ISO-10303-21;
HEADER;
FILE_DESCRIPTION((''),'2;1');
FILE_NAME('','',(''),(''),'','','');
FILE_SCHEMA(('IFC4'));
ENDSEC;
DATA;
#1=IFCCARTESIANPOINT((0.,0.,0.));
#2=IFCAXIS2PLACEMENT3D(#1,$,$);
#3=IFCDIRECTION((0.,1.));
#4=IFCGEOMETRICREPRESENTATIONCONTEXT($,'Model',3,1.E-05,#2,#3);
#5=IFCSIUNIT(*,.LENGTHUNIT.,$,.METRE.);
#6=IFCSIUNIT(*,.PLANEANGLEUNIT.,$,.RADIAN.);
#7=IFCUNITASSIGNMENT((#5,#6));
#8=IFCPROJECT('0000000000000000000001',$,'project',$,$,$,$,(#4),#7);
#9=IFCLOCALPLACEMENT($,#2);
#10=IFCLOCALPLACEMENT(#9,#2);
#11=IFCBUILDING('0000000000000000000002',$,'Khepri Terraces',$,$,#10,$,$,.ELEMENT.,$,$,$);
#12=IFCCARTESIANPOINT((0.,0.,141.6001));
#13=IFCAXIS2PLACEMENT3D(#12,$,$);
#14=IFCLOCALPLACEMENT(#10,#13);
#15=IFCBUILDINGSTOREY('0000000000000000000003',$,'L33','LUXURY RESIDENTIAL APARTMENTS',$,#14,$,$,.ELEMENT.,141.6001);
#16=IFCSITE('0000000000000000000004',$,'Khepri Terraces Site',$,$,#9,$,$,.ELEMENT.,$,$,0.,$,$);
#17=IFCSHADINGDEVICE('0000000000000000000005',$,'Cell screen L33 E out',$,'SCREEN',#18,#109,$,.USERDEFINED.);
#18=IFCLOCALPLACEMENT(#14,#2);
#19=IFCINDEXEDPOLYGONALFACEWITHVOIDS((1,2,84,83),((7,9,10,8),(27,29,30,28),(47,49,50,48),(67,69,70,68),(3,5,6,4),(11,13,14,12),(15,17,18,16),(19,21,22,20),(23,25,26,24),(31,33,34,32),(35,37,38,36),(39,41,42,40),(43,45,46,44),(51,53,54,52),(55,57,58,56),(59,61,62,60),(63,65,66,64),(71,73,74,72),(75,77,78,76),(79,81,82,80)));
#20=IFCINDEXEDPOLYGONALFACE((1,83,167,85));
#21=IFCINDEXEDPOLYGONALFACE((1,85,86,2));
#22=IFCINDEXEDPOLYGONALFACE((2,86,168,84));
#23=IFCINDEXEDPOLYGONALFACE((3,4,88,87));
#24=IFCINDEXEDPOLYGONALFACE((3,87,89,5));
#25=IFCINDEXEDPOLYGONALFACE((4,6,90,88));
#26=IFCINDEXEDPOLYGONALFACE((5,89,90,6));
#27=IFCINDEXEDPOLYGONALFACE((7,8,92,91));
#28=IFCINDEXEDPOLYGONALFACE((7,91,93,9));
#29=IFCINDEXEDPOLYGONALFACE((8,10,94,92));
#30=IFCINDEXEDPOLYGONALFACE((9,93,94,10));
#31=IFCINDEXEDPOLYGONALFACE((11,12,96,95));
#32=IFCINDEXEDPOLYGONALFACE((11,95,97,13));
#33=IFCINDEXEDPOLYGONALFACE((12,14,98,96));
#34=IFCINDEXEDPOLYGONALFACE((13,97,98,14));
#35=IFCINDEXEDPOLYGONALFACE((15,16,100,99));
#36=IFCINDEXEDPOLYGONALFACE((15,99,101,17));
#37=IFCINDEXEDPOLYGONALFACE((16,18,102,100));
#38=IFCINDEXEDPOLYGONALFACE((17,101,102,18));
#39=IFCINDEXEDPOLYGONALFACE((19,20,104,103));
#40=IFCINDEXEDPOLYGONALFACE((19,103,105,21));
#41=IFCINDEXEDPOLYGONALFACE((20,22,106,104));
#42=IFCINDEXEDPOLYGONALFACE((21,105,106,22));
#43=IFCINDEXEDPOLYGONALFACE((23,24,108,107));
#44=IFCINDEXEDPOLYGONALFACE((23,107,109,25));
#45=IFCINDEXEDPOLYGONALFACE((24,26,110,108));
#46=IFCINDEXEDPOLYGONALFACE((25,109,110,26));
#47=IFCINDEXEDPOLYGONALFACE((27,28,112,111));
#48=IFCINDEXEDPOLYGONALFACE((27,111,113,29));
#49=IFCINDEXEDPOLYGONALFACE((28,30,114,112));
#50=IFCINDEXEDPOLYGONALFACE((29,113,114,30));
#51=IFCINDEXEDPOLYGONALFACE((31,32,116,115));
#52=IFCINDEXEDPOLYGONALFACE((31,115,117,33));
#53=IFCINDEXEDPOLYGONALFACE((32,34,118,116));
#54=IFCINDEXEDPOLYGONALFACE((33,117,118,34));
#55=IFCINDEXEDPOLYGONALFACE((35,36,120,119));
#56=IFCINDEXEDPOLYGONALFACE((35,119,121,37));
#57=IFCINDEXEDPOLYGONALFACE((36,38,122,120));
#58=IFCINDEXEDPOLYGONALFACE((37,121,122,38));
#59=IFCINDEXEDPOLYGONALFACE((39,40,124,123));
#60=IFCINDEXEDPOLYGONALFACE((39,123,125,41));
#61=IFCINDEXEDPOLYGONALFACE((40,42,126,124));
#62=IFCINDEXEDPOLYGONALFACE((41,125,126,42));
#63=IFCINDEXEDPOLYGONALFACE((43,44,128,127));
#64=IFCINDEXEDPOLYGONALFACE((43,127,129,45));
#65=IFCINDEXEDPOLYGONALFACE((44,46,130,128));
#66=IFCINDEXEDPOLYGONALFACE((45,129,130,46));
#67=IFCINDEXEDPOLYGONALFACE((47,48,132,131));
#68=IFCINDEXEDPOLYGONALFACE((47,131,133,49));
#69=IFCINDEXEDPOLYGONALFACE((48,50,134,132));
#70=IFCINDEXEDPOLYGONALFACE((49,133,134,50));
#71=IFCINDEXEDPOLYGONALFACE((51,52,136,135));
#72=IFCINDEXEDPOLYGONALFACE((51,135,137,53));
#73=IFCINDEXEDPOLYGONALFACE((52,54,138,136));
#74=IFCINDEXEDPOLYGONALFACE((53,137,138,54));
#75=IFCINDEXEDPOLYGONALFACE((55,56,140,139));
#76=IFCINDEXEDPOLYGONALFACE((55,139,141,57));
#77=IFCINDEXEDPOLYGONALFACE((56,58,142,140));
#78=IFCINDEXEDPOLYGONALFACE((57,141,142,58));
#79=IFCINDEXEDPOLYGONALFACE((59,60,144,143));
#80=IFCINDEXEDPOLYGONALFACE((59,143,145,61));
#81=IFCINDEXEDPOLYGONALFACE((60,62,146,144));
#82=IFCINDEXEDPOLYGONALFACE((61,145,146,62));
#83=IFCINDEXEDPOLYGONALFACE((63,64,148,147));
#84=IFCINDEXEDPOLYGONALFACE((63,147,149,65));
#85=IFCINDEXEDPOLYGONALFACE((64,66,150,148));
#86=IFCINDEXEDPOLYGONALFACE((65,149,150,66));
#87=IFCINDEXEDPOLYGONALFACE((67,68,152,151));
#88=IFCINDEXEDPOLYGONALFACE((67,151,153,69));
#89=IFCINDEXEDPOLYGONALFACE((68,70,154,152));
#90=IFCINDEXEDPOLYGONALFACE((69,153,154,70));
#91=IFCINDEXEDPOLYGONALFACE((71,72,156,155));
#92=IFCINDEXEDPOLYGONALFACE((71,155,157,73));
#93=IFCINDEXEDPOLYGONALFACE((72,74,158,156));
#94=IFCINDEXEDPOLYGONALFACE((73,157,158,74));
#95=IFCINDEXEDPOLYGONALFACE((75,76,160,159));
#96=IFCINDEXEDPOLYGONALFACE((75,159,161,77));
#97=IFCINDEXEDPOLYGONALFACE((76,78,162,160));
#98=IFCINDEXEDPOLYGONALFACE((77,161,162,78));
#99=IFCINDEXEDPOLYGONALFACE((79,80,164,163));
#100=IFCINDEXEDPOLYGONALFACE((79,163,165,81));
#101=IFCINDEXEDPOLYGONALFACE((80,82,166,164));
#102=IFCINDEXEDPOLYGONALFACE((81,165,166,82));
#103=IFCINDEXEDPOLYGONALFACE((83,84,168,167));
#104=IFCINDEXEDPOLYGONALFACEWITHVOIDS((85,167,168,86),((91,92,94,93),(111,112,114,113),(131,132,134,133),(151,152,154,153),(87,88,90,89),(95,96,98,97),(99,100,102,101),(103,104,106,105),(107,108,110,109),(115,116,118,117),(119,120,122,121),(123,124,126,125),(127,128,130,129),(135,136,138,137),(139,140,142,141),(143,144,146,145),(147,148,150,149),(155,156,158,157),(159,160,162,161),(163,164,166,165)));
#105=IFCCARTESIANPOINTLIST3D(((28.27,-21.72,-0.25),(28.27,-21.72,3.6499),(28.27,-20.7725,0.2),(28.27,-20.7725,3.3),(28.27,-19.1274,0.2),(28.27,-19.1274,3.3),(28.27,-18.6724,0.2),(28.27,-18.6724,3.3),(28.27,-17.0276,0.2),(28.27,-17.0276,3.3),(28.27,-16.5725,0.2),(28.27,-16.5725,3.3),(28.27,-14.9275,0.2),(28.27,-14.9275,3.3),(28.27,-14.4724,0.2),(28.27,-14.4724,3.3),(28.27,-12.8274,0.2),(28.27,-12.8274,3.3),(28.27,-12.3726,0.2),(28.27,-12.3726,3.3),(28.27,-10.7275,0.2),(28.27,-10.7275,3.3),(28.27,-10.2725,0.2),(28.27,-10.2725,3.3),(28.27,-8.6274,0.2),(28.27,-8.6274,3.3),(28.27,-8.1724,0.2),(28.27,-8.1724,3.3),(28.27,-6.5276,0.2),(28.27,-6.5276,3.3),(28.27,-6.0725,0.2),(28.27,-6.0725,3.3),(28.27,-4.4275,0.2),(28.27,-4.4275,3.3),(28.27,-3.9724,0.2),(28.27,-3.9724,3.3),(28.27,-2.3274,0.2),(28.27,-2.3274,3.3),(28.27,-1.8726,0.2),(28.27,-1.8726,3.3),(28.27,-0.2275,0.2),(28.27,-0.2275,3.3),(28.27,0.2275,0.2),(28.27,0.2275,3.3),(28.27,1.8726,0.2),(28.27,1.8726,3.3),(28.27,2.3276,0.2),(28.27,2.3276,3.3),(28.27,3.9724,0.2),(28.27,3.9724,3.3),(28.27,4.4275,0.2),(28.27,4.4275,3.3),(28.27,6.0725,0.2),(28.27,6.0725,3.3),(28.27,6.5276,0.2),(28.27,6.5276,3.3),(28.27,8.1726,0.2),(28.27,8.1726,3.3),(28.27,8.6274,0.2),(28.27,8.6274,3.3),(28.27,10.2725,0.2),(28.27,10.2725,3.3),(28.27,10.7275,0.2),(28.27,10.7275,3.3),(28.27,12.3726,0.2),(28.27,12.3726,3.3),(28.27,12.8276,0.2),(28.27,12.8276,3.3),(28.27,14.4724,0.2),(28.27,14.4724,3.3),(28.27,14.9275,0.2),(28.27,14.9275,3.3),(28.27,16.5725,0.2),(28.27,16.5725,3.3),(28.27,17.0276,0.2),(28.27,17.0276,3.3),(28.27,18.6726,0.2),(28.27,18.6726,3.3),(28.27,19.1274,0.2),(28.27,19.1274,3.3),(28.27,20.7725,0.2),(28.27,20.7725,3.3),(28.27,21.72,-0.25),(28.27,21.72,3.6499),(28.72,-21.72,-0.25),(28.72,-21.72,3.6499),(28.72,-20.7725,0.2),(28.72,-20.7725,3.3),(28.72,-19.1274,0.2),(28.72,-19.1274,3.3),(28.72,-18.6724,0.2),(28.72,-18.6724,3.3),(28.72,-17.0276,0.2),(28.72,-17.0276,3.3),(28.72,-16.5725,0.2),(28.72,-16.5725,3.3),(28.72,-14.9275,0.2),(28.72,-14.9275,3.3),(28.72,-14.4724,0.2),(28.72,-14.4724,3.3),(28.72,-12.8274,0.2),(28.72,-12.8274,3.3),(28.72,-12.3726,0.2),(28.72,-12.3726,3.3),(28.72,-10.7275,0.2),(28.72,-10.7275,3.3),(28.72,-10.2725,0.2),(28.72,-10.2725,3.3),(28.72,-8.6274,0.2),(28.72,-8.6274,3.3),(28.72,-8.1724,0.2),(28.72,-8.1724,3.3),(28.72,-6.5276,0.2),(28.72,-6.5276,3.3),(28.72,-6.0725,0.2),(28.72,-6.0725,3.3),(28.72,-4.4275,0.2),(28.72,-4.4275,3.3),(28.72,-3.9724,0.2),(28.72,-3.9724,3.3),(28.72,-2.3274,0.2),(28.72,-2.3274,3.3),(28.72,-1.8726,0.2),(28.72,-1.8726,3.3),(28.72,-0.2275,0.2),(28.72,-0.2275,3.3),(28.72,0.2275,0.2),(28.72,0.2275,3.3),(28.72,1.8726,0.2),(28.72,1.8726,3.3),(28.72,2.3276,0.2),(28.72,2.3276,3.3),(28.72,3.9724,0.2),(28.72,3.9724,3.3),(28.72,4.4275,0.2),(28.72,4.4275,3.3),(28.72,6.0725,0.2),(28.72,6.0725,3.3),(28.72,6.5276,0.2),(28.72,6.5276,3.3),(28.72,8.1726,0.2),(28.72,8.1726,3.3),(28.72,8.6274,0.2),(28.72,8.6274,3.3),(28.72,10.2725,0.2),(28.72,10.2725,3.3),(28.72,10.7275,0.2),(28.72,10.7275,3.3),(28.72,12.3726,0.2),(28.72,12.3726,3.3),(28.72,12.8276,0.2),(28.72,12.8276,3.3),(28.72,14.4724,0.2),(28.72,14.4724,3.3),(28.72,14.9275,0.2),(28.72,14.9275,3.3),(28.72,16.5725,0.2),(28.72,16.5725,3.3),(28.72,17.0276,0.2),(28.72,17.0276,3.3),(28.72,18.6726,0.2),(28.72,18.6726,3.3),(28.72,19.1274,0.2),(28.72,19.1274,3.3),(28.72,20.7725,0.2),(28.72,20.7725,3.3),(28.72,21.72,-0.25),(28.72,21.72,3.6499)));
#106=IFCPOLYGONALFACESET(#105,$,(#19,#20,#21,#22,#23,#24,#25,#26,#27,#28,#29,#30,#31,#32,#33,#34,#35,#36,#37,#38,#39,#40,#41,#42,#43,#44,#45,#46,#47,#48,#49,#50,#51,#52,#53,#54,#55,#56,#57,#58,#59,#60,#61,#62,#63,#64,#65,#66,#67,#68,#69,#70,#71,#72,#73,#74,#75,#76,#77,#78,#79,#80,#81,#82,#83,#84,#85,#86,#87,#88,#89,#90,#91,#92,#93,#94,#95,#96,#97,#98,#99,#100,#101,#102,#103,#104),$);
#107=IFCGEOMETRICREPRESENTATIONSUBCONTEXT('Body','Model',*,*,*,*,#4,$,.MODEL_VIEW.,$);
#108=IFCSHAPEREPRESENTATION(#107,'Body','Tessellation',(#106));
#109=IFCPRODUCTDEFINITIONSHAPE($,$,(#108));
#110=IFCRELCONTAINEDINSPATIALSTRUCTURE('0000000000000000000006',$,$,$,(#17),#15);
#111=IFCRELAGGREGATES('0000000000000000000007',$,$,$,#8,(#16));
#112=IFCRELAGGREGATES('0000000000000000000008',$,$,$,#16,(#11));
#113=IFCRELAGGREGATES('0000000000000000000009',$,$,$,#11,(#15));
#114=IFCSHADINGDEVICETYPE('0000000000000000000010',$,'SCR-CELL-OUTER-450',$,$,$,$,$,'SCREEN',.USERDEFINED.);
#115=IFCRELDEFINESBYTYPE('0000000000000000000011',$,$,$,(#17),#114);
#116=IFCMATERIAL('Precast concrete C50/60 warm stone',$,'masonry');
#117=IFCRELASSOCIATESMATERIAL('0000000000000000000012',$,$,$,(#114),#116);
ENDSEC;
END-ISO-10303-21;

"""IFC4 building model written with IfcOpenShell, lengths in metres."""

from ifc_helpers import new_model, si_unit, direction, frame, origin, place, context, subcontext, project, spatial, polyline, outline, extrude, material, type_object, element, save


model = new_model("IFC4")

# Units and contexts
model_context = context("Model", 3, precision=1e-05, world=origin(), true_north=direction((0.0, 1.0)))
body_context = subcontext(model_context, "Body", "Model", "MODEL_VIEW")
ifc_project = project(units=[si_unit("LENGTHUNIT", "METRE"), si_unit("PLANEANGLEUNIT", "RADIAN")], contexts=[model_context])

# Site, building, storey
site_placement = place(None, origin())
site = spatial("IfcSite", under=ifc_project, at=site_placement, Name="Khepri Terraces Site", CompositionType="ELEMENT", RefElevation=0.0)
building_placement = place(site_placement, origin())
building = spatial("IfcBuilding", under=site, at=building_placement, Name="Khepri Terraces", CompositionType="ELEMENT")
storey_placement = place(building_placement, frame((0.0, 0.0, 141.6001)))
storey = spatial("IfcBuildingStorey", under=building, at=storey_placement, Name="L33", Description="LUXURY RESIDENTIAL APARTMENTS", CompositionType="ELEMENT", Elevation=141.6001)

# Shared definitions
ifc_material_1 = material(Name="Precast concrete C50/60 warm stone", Category="masonry")

# Shading device
shading_device_type_1 = type_object("IfcShadingDeviceType", Name="SCR-CELL-OUTER-450", ElementType="SCREEN", PredefinedType="USERDEFINED", material=ifc_material_1)
shading_device_1_placement = place(storey_placement, frame((28.27, -21.72, -0.25), z_axis=(1.0, 0.0, 0.0), x_axis=(0.0, 1.0, 0.0)))
element("IfcShadingDevice", 1, at=shading_device_1_placement, inside=storey, type_object=shading_device_type_1, Name="Cell screen L33 E out", ObjectType="SCREEN", PredefinedType="USERDEFINED", context=body_context, shape_type="SweptSolid", body=[
    extrude(outline(polyline([(0.0, 0.0), (43.4399, 0.0), (43.4399, 3.8999), (0.0, 3.8999), (0.0, 0.0)]), holes=[polyline([(0.9475, 0.45), (2.5925, 0.45), (2.5925, 3.55), (0.9475, 3.55), (0.9475, 0.45)]), polyline([(3.0476, 0.45), (4.6924, 0.45), (4.6924, 3.55), (3.0476, 3.55), (3.0476, 0.45)]), polyline([(5.1475, 0.45), (6.7925, 0.45), (6.7925, 3.55), (5.1475, 3.55), (5.1475, 0.45)]), polyline([(7.2476, 0.45), (8.8926, 0.45), (8.8926, 3.55), (7.2476, 3.55), (7.2476, 0.45)]), polyline([(9.3474, 0.45), (10.9924, 0.45), (10.9924, 3.55), (9.3474, 3.55), (9.3474, 0.45)]), polyline([(11.4475, 0.45), (13.0925, 0.45), (13.0925, 3.55), (11.4475, 3.55), (11.4475, 0.45)]), polyline([(13.5476, 0.45), (15.1924, 0.45), (15.1924, 3.55), (13.5476, 3.55), (13.5476, 0.45)]), polyline([(15.6475, 0.45), (17.2925, 0.45), (17.2925, 3.55), (15.6475, 3.55), (15.6475, 0.45)]), polyline([(17.7476, 0.45), (19.3926, 0.45), (19.3926, 3.55), (17.7476, 3.55), (17.7476, 0.45)]), polyline([(19.8474, 0.45), (21.4924, 0.45), (21.4924, 3.55), (19.8474, 3.55), (19.8474, 0.45)]), polyline([(21.9475, 0.45), (23.5925, 0.45), (23.5925, 3.55), (21.9475, 3.55), (21.9475, 0.45)]), polyline([(24.0476, 0.45), (25.6924, 0.45), (25.6924, 3.55), (24.0476, 3.55), (24.0476, 0.45)]), polyline([(26.1475, 0.45), (27.7925, 0.45), (27.7925, 3.55), (26.1475, 3.55), (26.1475, 0.45)]), polyline([(28.2476, 0.45), (29.8926, 0.45), (29.8926, 3.55), (28.2476, 3.55), (28.2476, 0.45)]), polyline([(30.3474, 0.45), (31.9924, 0.45), (31.9924, 3.55), (30.3474, 3.55), (30.3474, 0.45)]), polyline([(32.4475, 0.45), (34.0925, 0.45), (34.0925, 3.55), (32.4475, 3.55), (32.4475, 0.45)]), polyline([(34.5476, 0.45), (36.1924, 0.45), (36.1924, 3.55), (34.5476, 3.55), (34.5476, 0.45)]), polyline([(36.6475, 0.45), (38.2925, 0.45), (38.2925, 3.55), (36.6475, 3.55), (36.6475, 0.45)]), polyline([(38.7476, 0.45), (40.3926, 0.45), (40.3926, 3.55), (38.7476, 3.55), (38.7476, 0.45)]), polyline([(40.8474, 0.45), (42.4924, 0.45), (42.4924, 3.55), (40.8474, 3.55), (40.8474, 0.45)])]), origin(), (0.0, 0.0, 1.0), 0.45),
])

save(model, "model.ifc")
